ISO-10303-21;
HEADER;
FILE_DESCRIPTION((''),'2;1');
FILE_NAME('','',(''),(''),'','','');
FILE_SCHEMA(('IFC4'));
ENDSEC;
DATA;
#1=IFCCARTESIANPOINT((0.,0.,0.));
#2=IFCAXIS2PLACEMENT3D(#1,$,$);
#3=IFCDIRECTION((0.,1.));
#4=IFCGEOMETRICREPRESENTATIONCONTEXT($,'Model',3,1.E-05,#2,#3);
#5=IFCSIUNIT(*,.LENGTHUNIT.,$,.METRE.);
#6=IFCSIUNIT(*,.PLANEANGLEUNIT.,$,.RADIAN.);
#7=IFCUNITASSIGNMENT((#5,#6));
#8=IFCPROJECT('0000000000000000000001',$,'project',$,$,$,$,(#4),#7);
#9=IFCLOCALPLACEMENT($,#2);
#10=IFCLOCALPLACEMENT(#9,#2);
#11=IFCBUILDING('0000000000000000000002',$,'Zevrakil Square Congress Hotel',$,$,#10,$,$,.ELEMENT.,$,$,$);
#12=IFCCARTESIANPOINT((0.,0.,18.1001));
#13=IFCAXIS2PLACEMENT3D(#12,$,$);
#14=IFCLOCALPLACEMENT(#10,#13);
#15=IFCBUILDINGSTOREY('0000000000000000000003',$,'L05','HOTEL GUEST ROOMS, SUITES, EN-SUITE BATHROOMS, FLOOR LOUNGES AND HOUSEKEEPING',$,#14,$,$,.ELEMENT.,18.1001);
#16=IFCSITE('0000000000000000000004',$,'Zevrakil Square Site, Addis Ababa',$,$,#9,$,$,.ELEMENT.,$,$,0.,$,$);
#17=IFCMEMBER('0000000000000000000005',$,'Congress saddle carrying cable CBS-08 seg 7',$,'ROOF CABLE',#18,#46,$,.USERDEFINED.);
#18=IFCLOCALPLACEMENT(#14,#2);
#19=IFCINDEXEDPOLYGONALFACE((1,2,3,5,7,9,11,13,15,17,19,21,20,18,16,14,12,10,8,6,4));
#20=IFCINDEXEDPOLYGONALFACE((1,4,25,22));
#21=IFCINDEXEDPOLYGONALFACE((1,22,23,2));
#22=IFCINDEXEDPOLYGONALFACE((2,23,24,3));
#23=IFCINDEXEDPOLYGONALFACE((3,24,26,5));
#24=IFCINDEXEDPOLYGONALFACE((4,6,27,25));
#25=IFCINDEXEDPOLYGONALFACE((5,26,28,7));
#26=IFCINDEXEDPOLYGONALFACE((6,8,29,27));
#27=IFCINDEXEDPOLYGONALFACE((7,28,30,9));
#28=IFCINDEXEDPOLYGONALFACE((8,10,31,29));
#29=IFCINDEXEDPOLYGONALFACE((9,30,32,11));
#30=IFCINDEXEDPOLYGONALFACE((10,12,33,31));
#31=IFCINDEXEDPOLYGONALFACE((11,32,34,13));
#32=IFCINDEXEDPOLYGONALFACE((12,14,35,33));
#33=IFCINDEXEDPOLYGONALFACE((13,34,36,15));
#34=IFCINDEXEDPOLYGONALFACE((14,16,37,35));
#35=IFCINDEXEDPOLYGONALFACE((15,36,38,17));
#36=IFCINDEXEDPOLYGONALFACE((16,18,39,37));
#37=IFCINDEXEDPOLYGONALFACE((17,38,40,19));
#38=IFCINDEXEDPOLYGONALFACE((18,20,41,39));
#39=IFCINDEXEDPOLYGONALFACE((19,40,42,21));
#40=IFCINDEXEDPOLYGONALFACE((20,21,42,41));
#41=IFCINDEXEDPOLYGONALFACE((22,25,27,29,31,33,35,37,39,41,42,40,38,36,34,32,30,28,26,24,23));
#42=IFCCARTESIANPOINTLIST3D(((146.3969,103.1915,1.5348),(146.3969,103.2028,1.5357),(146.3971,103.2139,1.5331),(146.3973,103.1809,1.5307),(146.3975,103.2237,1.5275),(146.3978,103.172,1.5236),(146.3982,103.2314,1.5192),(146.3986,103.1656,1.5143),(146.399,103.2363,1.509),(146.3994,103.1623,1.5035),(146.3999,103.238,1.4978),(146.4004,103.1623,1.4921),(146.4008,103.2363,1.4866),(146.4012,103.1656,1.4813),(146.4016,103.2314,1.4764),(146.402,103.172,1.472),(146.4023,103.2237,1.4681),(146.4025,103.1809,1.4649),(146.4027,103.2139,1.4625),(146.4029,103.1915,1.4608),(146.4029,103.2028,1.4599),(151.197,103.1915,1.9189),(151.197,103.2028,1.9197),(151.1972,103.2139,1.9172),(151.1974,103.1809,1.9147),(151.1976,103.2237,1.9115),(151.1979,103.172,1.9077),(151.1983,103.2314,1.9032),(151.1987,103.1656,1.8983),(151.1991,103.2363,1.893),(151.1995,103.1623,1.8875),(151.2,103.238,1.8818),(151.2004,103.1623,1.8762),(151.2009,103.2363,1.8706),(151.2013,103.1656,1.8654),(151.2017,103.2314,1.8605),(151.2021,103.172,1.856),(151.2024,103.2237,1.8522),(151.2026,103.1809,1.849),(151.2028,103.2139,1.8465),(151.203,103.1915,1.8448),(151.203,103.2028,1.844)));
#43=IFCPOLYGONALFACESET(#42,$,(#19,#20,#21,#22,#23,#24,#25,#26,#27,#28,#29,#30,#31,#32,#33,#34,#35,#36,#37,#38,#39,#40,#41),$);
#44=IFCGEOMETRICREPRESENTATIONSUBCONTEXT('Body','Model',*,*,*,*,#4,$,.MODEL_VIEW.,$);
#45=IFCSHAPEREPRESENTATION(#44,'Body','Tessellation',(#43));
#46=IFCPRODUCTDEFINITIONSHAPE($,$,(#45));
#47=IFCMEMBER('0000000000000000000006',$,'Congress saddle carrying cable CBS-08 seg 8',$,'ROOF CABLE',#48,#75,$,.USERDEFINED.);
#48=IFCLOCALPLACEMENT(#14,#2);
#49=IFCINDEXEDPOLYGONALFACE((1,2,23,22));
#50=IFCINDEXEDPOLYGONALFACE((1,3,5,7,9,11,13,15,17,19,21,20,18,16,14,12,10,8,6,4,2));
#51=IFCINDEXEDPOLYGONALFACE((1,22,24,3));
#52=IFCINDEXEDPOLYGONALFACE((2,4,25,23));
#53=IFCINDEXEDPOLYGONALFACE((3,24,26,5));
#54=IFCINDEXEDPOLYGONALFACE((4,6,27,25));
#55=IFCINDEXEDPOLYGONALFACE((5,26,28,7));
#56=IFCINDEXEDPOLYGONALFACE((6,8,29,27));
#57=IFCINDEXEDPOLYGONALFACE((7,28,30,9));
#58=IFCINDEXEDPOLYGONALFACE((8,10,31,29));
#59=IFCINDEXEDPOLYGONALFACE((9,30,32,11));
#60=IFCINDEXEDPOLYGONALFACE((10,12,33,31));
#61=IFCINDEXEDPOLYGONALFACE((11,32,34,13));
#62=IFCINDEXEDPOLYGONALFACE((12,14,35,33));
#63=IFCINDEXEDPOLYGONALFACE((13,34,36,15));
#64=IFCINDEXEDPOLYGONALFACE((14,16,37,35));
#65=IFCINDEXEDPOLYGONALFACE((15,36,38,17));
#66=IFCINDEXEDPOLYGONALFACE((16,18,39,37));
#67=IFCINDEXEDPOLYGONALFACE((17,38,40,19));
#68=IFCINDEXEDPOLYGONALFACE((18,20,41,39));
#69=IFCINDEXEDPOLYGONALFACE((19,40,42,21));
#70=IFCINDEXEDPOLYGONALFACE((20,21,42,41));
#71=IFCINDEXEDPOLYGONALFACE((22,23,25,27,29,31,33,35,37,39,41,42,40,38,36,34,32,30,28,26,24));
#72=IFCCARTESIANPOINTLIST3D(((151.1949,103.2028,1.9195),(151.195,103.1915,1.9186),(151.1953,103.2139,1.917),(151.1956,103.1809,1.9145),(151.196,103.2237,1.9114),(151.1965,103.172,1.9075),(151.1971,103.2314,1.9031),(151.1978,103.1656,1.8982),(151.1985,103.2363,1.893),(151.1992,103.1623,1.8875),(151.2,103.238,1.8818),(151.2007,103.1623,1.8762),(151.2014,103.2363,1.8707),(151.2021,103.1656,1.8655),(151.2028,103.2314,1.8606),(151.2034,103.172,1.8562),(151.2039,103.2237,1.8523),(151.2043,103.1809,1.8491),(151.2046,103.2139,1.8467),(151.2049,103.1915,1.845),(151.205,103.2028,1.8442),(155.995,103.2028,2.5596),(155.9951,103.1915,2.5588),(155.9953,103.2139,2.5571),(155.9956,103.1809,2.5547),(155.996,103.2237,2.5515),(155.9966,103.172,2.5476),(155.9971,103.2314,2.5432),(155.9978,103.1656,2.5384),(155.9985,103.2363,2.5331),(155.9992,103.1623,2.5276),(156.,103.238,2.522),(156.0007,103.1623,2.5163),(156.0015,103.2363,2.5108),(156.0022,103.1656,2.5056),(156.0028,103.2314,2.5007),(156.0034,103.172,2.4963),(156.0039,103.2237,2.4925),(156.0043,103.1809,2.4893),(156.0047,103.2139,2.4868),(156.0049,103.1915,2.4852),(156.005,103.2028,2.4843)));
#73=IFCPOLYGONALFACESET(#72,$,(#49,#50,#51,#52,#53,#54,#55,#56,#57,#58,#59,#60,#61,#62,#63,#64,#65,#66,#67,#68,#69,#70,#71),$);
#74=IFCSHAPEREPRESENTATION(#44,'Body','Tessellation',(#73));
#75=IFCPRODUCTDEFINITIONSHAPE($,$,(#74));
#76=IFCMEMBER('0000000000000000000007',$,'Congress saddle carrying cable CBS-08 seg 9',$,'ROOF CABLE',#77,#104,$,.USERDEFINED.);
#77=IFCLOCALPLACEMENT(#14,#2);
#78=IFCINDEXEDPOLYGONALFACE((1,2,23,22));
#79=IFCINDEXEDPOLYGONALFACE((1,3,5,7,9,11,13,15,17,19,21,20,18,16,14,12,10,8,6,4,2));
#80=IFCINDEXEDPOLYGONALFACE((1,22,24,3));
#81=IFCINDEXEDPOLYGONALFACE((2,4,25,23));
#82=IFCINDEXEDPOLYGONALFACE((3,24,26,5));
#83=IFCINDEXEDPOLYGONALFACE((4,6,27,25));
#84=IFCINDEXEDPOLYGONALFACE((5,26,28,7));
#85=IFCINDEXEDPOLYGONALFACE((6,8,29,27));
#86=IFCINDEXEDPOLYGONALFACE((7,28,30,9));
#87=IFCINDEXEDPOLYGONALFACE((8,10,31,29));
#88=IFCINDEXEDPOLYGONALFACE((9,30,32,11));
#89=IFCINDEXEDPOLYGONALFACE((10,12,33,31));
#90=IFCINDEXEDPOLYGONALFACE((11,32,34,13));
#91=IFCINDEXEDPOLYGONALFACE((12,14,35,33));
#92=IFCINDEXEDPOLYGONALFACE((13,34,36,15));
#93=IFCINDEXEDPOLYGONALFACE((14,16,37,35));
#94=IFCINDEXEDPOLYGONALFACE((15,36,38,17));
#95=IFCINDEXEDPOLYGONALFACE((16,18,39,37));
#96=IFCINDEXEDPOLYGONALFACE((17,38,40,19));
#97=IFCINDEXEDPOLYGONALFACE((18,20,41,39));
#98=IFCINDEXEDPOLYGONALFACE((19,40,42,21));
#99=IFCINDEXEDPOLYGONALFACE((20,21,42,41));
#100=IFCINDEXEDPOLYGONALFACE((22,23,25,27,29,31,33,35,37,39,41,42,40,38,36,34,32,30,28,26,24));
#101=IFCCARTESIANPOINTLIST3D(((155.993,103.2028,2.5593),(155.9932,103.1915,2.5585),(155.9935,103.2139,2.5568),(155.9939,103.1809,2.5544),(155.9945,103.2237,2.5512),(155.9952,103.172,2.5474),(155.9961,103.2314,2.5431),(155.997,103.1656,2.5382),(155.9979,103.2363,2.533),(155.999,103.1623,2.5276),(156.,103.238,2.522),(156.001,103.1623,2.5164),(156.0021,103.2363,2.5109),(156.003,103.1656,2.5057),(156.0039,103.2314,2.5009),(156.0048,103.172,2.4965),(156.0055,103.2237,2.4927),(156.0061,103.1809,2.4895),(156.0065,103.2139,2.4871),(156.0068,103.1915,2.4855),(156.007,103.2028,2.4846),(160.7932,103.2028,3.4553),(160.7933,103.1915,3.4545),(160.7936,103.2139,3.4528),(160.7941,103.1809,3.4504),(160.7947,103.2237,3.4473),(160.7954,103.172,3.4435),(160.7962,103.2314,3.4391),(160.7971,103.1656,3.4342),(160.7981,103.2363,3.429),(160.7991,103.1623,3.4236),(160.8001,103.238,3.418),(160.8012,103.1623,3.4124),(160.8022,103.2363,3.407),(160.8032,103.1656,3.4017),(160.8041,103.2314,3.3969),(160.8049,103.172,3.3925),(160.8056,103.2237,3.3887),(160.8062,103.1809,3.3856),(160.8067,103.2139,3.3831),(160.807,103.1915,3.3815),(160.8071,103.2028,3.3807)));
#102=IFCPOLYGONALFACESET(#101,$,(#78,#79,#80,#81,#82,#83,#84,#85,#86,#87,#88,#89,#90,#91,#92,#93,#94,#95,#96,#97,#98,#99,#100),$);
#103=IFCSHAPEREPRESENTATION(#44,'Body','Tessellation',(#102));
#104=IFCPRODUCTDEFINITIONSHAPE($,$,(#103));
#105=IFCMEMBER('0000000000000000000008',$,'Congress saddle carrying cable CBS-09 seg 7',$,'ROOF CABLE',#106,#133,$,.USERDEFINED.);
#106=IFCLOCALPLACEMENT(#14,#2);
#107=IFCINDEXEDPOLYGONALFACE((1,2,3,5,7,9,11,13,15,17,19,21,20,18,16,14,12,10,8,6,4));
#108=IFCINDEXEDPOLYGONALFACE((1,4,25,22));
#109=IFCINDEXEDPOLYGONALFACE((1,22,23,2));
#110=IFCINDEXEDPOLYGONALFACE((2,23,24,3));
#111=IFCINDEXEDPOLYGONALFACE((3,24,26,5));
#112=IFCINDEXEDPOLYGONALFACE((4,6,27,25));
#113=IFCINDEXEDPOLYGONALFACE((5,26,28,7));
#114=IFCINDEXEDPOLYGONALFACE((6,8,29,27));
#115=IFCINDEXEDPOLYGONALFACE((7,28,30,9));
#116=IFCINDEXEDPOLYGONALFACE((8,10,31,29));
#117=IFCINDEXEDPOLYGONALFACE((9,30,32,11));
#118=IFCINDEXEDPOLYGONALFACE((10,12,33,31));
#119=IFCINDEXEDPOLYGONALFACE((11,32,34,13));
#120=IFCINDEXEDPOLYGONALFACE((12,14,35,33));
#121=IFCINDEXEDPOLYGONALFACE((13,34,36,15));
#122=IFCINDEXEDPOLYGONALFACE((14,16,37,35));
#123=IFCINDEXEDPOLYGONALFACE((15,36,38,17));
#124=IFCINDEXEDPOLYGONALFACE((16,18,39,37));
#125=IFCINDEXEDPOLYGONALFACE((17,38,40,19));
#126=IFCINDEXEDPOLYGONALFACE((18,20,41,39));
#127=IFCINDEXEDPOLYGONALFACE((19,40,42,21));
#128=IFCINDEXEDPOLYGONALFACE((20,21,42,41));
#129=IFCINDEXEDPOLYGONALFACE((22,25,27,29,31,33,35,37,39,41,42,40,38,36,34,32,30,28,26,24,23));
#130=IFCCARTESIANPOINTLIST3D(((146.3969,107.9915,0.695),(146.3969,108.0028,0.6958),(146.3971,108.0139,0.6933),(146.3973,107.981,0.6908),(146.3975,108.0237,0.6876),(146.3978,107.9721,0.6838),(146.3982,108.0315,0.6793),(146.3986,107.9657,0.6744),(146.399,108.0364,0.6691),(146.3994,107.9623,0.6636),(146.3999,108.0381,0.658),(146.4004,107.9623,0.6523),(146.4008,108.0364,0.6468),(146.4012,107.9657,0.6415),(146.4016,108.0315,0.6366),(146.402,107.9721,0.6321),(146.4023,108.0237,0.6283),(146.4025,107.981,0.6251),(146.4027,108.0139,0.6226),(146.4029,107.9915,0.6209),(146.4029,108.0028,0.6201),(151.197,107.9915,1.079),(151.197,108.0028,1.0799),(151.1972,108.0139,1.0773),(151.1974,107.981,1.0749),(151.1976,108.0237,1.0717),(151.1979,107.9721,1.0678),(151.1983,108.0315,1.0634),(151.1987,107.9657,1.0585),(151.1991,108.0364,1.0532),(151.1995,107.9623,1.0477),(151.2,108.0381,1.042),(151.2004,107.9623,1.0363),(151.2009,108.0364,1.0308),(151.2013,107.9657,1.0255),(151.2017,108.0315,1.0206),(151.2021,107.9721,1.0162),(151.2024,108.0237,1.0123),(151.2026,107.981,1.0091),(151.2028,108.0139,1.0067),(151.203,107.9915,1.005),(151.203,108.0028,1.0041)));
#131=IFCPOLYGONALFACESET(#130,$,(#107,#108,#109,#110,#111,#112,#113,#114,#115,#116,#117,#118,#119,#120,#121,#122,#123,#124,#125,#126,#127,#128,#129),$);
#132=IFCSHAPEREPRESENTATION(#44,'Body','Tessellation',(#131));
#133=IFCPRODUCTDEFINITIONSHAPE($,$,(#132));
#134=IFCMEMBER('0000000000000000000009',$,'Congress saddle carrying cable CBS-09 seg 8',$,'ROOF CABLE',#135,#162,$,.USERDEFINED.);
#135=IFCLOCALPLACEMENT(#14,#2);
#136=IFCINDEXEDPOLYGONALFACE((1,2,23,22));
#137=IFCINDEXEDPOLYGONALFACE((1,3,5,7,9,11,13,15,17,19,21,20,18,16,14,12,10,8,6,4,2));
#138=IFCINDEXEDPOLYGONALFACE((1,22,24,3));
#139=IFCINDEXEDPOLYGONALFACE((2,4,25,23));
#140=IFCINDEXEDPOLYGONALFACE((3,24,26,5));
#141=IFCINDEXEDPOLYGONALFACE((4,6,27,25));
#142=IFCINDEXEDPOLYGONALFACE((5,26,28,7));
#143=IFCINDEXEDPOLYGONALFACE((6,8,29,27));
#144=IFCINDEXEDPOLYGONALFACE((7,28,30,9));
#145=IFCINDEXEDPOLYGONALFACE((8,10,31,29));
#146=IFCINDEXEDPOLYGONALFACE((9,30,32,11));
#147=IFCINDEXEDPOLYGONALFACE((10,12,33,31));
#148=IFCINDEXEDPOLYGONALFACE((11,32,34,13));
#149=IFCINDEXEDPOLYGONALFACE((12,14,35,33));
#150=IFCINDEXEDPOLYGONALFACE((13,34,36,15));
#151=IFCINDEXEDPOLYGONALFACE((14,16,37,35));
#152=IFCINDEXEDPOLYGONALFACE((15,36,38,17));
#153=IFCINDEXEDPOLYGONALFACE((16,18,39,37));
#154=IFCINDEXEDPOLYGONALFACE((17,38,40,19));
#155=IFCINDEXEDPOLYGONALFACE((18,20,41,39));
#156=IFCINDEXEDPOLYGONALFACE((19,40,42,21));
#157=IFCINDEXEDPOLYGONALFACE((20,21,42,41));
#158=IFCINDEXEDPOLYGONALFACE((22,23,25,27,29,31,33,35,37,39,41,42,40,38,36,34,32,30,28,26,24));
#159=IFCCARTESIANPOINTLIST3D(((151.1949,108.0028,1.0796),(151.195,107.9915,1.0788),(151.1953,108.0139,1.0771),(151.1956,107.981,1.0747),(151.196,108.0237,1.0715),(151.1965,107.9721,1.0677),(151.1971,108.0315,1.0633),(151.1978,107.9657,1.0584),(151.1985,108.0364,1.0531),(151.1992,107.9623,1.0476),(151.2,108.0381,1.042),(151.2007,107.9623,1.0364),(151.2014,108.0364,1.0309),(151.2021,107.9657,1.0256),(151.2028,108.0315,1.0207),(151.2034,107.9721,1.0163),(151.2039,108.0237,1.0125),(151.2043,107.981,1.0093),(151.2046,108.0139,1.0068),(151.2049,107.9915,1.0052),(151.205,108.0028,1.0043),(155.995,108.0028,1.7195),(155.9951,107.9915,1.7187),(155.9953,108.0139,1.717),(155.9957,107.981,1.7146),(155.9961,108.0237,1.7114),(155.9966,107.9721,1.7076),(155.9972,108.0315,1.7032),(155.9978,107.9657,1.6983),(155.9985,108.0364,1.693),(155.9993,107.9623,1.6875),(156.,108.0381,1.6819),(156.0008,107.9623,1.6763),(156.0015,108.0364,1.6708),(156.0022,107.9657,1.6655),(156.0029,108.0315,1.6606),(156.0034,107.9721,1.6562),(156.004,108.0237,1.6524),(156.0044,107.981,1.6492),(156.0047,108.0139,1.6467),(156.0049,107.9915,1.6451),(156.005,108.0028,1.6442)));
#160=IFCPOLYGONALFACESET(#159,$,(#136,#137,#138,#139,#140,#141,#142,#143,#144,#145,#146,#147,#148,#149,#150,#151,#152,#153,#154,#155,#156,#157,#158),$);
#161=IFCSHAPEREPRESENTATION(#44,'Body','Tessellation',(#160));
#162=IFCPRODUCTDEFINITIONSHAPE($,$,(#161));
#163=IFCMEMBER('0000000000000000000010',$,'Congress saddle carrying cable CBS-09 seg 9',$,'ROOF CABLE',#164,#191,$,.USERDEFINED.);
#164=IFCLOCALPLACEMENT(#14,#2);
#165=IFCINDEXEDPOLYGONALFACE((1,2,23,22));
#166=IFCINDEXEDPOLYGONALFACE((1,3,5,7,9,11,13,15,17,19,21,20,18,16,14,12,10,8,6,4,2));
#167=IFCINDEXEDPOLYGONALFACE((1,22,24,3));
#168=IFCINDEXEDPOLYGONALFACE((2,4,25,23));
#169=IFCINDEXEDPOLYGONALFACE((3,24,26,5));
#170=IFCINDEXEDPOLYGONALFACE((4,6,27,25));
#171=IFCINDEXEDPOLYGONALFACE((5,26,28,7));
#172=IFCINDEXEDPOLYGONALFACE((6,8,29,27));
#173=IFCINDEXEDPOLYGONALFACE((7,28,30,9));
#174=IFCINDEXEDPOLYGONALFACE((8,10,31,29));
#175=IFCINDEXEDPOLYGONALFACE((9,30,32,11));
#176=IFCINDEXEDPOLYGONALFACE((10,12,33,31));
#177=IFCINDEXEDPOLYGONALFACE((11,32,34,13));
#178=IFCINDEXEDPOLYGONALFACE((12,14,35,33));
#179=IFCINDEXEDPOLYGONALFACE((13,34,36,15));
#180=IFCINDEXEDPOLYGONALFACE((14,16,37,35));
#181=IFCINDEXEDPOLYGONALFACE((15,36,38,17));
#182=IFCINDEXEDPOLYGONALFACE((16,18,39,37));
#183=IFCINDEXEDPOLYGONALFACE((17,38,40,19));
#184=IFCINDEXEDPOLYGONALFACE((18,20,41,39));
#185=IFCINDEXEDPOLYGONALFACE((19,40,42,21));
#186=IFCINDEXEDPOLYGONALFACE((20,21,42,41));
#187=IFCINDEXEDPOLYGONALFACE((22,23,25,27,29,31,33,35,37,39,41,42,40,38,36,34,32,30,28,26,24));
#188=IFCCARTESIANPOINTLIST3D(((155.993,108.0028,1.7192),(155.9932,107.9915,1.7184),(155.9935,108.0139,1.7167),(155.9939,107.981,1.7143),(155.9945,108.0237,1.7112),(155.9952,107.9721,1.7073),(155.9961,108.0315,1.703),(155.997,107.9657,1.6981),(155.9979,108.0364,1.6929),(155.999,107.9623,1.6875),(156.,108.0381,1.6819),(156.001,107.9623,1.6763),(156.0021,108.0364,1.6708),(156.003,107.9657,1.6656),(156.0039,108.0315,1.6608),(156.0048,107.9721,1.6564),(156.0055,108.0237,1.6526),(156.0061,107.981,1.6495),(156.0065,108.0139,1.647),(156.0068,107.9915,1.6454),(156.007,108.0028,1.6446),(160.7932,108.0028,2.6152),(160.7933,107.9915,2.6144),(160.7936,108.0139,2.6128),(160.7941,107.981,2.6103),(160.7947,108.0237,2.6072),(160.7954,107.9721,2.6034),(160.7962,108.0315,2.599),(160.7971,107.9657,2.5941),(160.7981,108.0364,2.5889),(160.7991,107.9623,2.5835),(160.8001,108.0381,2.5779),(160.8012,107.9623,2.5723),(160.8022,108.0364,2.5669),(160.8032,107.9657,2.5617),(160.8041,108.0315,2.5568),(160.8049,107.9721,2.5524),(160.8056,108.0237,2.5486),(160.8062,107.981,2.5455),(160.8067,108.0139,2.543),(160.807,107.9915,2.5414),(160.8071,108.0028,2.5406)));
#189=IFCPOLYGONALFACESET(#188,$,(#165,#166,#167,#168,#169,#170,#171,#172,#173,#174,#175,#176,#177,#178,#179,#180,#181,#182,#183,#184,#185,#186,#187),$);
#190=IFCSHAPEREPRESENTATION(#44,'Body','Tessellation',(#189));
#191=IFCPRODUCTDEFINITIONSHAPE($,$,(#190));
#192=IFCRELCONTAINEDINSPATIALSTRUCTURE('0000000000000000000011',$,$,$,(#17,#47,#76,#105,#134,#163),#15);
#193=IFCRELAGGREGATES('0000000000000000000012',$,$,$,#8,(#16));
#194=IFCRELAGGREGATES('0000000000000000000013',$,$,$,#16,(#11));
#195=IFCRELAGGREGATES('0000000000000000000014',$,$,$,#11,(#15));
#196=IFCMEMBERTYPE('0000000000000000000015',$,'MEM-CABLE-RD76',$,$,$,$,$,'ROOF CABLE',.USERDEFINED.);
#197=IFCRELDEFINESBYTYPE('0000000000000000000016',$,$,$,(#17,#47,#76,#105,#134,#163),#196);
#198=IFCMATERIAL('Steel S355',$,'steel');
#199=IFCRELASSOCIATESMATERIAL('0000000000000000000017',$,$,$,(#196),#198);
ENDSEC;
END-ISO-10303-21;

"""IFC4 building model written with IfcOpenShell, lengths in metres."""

from ifc_helpers import new_model, si_unit, direction, frame, origin, origin_2d, place, context, subcontext, project, spatial, circle, extrude, material, material_profile, profile_set, type_object, element, save


model = new_model("IFC4")

# Units and contexts
model_context = context("Model", 3, precision=1e-05, world=origin(), true_north=direction((0.0, 1.0)))
body_context = subcontext(model_context, "Body", "Model", "MODEL_VIEW")
ifc_project = project(units=[si_unit("LENGTHUNIT", "METRE"), si_unit("PLANEANGLEUNIT", "RADIAN")], contexts=[model_context])

# Site, building, storey
site_placement = place(None, origin())
site = spatial("IfcSite", under=ifc_project, at=site_placement, Name="Zevrakil Square Site, Addis Ababa", CompositionType="ELEMENT", RefElevation=0.0)
building_placement = place(site_placement, origin())
building = spatial("IfcBuilding", under=site, at=building_placement, Name="Zevrakil Square Congress Hotel", CompositionType="ELEMENT")
storey_placement = place(building_placement, frame((0.0, 0.0, 18.1001)))
storey = spatial("IfcBuildingStorey", under=building, at=storey_placement, Name="L05", Description="HOTEL GUEST ROOMS, SUITES, EN-SUITE BATHROOMS, FLOOR LOUNGES AND HOUSEKEEPING", CompositionType="ELEMENT", Elevation=18.1001)

# Members
ifc_material_1 = material(Name="Steel S355", Category="steel")
ifc_material_profile_1 = material_profile(ifc_material_1, circle(Radius=0.0381, at=origin_2d()), Name="CABLE RD76")
ifc_profile_set_1 = profile_set([ifc_material_profile_1], Name="Steel S355")
member_type_1 = type_object("IfcMemberType", Name="MEM-CABLE-RD76", ElementType="ROOF CABLE", PredefinedType="USERDEFINED", material=ifc_profile_set_1)
member_1_placement = place(storey_placement, frame((146.3999, 103.2, 1.4978), z_axis=(0.996815, 0.0, 0.079751), x_axis=(0.0, 1.0, 0.0)))
element("IfcMember", 1, at=member_1_placement, inside=storey, type_object=member_type_1, Name="Congress saddle carrying cable CBS-08 seg 7", ObjectType="ROOF CABLE", PredefinedType="USERDEFINED", context=body_context, shape_type="SweptSolid", body=[
    extrude(circle(Radius=0.0381, at=origin_2d()), origin(), (0.0, 0.0, 1.0), 4.8154),
])
member_2_placement = place(storey_placement, frame((151.2, 103.2, 1.8818), z_axis=(0.991224, 0.0, 0.13219), x_axis=(0.0, 1.0, 0.0)))
element("IfcMember", 2, at=member_2_placement, inside=storey, type_object=member_type_1, Name="Congress saddle carrying cable CBS-08 seg 8", ObjectType="ROOF CABLE", PredefinedType="USERDEFINED", context=body_context, shape_type="SweptSolid", body=[
    extrude(circle(Radius=0.0381, at=origin_2d()), origin(), (0.0, 0.0, 1.0), 4.8425),
])
member_3_placement = place(storey_placement, frame((156.0, 103.2, 2.522), z_axis=(0.983021, 0.0, 0.183495), x_axis=(0.0, 1.0, 0.0)))
element("IfcMember", 3, at=member_3_placement, inside=storey, type_object=member_type_1, Name="Congress saddle carrying cable CBS-08 seg 9", ObjectType="ROOF CABLE", PredefinedType="USERDEFINED", context=body_context, shape_type="SweptSolid", body=[
    extrude(circle(Radius=0.0381, at=origin_2d()), origin(), (0.0, 0.0, 1.0), 4.8831),
])
member_4_placement = place(storey_placement, frame((146.3999, 108.0, 0.658), z_axis=(0.996815, 0.0, 0.079751), x_axis=(0.0, 1.0, 0.0)))
element("IfcMember", 4, at=member_4_placement, inside=storey, type_object=member_type_1, Name="Congress saddle carrying cable CBS-09 seg 7", ObjectType="ROOF CABLE", PredefinedType="USERDEFINED", context=body_context, shape_type="SweptSolid", body=[
    extrude(circle(Radius=0.0381, at=origin_2d()), origin(), (0.0, 0.0, 1.0), 4.8154),
])
member_5_placement = place(storey_placement, frame((151.2, 108.0, 1.042), z_axis=(0.991231, 0.0, 0.132141), x_axis=(0.0, 1.0, 0.0)))
element("IfcMember", 5, at=member_5_placement, inside=storey, type_object=member_type_1, Name="Congress saddle carrying cable CBS-09 seg 8", ObjectType="ROOF CABLE", PredefinedType="USERDEFINED", context=body_context, shape_type="SweptSolid", body=[
    extrude(circle(Radius=0.0381, at=origin_2d()), origin(), (0.0, 0.0, 1.0), 4.8425),
])
member_6_placement = place(storey_placement, frame((156.0, 108.0, 1.6819), z_axis=(0.983021, 0.0, 0.183495), x_axis=(0.0, 1.0, 0.0)))
element("IfcMember", 6, at=member_6_placement, inside=storey, type_object=member_type_1, Name="Congress saddle carrying cable CBS-09 seg 9", ObjectType="ROOF CABLE", PredefinedType="USERDEFINED", context=body_context, shape_type="SweptSolid", body=[
    extrude(circle(Radius=0.0381, at=origin_2d()), origin(), (0.0, 0.0, 1.0), 4.8831),
])

save(model, "model.ifc")
